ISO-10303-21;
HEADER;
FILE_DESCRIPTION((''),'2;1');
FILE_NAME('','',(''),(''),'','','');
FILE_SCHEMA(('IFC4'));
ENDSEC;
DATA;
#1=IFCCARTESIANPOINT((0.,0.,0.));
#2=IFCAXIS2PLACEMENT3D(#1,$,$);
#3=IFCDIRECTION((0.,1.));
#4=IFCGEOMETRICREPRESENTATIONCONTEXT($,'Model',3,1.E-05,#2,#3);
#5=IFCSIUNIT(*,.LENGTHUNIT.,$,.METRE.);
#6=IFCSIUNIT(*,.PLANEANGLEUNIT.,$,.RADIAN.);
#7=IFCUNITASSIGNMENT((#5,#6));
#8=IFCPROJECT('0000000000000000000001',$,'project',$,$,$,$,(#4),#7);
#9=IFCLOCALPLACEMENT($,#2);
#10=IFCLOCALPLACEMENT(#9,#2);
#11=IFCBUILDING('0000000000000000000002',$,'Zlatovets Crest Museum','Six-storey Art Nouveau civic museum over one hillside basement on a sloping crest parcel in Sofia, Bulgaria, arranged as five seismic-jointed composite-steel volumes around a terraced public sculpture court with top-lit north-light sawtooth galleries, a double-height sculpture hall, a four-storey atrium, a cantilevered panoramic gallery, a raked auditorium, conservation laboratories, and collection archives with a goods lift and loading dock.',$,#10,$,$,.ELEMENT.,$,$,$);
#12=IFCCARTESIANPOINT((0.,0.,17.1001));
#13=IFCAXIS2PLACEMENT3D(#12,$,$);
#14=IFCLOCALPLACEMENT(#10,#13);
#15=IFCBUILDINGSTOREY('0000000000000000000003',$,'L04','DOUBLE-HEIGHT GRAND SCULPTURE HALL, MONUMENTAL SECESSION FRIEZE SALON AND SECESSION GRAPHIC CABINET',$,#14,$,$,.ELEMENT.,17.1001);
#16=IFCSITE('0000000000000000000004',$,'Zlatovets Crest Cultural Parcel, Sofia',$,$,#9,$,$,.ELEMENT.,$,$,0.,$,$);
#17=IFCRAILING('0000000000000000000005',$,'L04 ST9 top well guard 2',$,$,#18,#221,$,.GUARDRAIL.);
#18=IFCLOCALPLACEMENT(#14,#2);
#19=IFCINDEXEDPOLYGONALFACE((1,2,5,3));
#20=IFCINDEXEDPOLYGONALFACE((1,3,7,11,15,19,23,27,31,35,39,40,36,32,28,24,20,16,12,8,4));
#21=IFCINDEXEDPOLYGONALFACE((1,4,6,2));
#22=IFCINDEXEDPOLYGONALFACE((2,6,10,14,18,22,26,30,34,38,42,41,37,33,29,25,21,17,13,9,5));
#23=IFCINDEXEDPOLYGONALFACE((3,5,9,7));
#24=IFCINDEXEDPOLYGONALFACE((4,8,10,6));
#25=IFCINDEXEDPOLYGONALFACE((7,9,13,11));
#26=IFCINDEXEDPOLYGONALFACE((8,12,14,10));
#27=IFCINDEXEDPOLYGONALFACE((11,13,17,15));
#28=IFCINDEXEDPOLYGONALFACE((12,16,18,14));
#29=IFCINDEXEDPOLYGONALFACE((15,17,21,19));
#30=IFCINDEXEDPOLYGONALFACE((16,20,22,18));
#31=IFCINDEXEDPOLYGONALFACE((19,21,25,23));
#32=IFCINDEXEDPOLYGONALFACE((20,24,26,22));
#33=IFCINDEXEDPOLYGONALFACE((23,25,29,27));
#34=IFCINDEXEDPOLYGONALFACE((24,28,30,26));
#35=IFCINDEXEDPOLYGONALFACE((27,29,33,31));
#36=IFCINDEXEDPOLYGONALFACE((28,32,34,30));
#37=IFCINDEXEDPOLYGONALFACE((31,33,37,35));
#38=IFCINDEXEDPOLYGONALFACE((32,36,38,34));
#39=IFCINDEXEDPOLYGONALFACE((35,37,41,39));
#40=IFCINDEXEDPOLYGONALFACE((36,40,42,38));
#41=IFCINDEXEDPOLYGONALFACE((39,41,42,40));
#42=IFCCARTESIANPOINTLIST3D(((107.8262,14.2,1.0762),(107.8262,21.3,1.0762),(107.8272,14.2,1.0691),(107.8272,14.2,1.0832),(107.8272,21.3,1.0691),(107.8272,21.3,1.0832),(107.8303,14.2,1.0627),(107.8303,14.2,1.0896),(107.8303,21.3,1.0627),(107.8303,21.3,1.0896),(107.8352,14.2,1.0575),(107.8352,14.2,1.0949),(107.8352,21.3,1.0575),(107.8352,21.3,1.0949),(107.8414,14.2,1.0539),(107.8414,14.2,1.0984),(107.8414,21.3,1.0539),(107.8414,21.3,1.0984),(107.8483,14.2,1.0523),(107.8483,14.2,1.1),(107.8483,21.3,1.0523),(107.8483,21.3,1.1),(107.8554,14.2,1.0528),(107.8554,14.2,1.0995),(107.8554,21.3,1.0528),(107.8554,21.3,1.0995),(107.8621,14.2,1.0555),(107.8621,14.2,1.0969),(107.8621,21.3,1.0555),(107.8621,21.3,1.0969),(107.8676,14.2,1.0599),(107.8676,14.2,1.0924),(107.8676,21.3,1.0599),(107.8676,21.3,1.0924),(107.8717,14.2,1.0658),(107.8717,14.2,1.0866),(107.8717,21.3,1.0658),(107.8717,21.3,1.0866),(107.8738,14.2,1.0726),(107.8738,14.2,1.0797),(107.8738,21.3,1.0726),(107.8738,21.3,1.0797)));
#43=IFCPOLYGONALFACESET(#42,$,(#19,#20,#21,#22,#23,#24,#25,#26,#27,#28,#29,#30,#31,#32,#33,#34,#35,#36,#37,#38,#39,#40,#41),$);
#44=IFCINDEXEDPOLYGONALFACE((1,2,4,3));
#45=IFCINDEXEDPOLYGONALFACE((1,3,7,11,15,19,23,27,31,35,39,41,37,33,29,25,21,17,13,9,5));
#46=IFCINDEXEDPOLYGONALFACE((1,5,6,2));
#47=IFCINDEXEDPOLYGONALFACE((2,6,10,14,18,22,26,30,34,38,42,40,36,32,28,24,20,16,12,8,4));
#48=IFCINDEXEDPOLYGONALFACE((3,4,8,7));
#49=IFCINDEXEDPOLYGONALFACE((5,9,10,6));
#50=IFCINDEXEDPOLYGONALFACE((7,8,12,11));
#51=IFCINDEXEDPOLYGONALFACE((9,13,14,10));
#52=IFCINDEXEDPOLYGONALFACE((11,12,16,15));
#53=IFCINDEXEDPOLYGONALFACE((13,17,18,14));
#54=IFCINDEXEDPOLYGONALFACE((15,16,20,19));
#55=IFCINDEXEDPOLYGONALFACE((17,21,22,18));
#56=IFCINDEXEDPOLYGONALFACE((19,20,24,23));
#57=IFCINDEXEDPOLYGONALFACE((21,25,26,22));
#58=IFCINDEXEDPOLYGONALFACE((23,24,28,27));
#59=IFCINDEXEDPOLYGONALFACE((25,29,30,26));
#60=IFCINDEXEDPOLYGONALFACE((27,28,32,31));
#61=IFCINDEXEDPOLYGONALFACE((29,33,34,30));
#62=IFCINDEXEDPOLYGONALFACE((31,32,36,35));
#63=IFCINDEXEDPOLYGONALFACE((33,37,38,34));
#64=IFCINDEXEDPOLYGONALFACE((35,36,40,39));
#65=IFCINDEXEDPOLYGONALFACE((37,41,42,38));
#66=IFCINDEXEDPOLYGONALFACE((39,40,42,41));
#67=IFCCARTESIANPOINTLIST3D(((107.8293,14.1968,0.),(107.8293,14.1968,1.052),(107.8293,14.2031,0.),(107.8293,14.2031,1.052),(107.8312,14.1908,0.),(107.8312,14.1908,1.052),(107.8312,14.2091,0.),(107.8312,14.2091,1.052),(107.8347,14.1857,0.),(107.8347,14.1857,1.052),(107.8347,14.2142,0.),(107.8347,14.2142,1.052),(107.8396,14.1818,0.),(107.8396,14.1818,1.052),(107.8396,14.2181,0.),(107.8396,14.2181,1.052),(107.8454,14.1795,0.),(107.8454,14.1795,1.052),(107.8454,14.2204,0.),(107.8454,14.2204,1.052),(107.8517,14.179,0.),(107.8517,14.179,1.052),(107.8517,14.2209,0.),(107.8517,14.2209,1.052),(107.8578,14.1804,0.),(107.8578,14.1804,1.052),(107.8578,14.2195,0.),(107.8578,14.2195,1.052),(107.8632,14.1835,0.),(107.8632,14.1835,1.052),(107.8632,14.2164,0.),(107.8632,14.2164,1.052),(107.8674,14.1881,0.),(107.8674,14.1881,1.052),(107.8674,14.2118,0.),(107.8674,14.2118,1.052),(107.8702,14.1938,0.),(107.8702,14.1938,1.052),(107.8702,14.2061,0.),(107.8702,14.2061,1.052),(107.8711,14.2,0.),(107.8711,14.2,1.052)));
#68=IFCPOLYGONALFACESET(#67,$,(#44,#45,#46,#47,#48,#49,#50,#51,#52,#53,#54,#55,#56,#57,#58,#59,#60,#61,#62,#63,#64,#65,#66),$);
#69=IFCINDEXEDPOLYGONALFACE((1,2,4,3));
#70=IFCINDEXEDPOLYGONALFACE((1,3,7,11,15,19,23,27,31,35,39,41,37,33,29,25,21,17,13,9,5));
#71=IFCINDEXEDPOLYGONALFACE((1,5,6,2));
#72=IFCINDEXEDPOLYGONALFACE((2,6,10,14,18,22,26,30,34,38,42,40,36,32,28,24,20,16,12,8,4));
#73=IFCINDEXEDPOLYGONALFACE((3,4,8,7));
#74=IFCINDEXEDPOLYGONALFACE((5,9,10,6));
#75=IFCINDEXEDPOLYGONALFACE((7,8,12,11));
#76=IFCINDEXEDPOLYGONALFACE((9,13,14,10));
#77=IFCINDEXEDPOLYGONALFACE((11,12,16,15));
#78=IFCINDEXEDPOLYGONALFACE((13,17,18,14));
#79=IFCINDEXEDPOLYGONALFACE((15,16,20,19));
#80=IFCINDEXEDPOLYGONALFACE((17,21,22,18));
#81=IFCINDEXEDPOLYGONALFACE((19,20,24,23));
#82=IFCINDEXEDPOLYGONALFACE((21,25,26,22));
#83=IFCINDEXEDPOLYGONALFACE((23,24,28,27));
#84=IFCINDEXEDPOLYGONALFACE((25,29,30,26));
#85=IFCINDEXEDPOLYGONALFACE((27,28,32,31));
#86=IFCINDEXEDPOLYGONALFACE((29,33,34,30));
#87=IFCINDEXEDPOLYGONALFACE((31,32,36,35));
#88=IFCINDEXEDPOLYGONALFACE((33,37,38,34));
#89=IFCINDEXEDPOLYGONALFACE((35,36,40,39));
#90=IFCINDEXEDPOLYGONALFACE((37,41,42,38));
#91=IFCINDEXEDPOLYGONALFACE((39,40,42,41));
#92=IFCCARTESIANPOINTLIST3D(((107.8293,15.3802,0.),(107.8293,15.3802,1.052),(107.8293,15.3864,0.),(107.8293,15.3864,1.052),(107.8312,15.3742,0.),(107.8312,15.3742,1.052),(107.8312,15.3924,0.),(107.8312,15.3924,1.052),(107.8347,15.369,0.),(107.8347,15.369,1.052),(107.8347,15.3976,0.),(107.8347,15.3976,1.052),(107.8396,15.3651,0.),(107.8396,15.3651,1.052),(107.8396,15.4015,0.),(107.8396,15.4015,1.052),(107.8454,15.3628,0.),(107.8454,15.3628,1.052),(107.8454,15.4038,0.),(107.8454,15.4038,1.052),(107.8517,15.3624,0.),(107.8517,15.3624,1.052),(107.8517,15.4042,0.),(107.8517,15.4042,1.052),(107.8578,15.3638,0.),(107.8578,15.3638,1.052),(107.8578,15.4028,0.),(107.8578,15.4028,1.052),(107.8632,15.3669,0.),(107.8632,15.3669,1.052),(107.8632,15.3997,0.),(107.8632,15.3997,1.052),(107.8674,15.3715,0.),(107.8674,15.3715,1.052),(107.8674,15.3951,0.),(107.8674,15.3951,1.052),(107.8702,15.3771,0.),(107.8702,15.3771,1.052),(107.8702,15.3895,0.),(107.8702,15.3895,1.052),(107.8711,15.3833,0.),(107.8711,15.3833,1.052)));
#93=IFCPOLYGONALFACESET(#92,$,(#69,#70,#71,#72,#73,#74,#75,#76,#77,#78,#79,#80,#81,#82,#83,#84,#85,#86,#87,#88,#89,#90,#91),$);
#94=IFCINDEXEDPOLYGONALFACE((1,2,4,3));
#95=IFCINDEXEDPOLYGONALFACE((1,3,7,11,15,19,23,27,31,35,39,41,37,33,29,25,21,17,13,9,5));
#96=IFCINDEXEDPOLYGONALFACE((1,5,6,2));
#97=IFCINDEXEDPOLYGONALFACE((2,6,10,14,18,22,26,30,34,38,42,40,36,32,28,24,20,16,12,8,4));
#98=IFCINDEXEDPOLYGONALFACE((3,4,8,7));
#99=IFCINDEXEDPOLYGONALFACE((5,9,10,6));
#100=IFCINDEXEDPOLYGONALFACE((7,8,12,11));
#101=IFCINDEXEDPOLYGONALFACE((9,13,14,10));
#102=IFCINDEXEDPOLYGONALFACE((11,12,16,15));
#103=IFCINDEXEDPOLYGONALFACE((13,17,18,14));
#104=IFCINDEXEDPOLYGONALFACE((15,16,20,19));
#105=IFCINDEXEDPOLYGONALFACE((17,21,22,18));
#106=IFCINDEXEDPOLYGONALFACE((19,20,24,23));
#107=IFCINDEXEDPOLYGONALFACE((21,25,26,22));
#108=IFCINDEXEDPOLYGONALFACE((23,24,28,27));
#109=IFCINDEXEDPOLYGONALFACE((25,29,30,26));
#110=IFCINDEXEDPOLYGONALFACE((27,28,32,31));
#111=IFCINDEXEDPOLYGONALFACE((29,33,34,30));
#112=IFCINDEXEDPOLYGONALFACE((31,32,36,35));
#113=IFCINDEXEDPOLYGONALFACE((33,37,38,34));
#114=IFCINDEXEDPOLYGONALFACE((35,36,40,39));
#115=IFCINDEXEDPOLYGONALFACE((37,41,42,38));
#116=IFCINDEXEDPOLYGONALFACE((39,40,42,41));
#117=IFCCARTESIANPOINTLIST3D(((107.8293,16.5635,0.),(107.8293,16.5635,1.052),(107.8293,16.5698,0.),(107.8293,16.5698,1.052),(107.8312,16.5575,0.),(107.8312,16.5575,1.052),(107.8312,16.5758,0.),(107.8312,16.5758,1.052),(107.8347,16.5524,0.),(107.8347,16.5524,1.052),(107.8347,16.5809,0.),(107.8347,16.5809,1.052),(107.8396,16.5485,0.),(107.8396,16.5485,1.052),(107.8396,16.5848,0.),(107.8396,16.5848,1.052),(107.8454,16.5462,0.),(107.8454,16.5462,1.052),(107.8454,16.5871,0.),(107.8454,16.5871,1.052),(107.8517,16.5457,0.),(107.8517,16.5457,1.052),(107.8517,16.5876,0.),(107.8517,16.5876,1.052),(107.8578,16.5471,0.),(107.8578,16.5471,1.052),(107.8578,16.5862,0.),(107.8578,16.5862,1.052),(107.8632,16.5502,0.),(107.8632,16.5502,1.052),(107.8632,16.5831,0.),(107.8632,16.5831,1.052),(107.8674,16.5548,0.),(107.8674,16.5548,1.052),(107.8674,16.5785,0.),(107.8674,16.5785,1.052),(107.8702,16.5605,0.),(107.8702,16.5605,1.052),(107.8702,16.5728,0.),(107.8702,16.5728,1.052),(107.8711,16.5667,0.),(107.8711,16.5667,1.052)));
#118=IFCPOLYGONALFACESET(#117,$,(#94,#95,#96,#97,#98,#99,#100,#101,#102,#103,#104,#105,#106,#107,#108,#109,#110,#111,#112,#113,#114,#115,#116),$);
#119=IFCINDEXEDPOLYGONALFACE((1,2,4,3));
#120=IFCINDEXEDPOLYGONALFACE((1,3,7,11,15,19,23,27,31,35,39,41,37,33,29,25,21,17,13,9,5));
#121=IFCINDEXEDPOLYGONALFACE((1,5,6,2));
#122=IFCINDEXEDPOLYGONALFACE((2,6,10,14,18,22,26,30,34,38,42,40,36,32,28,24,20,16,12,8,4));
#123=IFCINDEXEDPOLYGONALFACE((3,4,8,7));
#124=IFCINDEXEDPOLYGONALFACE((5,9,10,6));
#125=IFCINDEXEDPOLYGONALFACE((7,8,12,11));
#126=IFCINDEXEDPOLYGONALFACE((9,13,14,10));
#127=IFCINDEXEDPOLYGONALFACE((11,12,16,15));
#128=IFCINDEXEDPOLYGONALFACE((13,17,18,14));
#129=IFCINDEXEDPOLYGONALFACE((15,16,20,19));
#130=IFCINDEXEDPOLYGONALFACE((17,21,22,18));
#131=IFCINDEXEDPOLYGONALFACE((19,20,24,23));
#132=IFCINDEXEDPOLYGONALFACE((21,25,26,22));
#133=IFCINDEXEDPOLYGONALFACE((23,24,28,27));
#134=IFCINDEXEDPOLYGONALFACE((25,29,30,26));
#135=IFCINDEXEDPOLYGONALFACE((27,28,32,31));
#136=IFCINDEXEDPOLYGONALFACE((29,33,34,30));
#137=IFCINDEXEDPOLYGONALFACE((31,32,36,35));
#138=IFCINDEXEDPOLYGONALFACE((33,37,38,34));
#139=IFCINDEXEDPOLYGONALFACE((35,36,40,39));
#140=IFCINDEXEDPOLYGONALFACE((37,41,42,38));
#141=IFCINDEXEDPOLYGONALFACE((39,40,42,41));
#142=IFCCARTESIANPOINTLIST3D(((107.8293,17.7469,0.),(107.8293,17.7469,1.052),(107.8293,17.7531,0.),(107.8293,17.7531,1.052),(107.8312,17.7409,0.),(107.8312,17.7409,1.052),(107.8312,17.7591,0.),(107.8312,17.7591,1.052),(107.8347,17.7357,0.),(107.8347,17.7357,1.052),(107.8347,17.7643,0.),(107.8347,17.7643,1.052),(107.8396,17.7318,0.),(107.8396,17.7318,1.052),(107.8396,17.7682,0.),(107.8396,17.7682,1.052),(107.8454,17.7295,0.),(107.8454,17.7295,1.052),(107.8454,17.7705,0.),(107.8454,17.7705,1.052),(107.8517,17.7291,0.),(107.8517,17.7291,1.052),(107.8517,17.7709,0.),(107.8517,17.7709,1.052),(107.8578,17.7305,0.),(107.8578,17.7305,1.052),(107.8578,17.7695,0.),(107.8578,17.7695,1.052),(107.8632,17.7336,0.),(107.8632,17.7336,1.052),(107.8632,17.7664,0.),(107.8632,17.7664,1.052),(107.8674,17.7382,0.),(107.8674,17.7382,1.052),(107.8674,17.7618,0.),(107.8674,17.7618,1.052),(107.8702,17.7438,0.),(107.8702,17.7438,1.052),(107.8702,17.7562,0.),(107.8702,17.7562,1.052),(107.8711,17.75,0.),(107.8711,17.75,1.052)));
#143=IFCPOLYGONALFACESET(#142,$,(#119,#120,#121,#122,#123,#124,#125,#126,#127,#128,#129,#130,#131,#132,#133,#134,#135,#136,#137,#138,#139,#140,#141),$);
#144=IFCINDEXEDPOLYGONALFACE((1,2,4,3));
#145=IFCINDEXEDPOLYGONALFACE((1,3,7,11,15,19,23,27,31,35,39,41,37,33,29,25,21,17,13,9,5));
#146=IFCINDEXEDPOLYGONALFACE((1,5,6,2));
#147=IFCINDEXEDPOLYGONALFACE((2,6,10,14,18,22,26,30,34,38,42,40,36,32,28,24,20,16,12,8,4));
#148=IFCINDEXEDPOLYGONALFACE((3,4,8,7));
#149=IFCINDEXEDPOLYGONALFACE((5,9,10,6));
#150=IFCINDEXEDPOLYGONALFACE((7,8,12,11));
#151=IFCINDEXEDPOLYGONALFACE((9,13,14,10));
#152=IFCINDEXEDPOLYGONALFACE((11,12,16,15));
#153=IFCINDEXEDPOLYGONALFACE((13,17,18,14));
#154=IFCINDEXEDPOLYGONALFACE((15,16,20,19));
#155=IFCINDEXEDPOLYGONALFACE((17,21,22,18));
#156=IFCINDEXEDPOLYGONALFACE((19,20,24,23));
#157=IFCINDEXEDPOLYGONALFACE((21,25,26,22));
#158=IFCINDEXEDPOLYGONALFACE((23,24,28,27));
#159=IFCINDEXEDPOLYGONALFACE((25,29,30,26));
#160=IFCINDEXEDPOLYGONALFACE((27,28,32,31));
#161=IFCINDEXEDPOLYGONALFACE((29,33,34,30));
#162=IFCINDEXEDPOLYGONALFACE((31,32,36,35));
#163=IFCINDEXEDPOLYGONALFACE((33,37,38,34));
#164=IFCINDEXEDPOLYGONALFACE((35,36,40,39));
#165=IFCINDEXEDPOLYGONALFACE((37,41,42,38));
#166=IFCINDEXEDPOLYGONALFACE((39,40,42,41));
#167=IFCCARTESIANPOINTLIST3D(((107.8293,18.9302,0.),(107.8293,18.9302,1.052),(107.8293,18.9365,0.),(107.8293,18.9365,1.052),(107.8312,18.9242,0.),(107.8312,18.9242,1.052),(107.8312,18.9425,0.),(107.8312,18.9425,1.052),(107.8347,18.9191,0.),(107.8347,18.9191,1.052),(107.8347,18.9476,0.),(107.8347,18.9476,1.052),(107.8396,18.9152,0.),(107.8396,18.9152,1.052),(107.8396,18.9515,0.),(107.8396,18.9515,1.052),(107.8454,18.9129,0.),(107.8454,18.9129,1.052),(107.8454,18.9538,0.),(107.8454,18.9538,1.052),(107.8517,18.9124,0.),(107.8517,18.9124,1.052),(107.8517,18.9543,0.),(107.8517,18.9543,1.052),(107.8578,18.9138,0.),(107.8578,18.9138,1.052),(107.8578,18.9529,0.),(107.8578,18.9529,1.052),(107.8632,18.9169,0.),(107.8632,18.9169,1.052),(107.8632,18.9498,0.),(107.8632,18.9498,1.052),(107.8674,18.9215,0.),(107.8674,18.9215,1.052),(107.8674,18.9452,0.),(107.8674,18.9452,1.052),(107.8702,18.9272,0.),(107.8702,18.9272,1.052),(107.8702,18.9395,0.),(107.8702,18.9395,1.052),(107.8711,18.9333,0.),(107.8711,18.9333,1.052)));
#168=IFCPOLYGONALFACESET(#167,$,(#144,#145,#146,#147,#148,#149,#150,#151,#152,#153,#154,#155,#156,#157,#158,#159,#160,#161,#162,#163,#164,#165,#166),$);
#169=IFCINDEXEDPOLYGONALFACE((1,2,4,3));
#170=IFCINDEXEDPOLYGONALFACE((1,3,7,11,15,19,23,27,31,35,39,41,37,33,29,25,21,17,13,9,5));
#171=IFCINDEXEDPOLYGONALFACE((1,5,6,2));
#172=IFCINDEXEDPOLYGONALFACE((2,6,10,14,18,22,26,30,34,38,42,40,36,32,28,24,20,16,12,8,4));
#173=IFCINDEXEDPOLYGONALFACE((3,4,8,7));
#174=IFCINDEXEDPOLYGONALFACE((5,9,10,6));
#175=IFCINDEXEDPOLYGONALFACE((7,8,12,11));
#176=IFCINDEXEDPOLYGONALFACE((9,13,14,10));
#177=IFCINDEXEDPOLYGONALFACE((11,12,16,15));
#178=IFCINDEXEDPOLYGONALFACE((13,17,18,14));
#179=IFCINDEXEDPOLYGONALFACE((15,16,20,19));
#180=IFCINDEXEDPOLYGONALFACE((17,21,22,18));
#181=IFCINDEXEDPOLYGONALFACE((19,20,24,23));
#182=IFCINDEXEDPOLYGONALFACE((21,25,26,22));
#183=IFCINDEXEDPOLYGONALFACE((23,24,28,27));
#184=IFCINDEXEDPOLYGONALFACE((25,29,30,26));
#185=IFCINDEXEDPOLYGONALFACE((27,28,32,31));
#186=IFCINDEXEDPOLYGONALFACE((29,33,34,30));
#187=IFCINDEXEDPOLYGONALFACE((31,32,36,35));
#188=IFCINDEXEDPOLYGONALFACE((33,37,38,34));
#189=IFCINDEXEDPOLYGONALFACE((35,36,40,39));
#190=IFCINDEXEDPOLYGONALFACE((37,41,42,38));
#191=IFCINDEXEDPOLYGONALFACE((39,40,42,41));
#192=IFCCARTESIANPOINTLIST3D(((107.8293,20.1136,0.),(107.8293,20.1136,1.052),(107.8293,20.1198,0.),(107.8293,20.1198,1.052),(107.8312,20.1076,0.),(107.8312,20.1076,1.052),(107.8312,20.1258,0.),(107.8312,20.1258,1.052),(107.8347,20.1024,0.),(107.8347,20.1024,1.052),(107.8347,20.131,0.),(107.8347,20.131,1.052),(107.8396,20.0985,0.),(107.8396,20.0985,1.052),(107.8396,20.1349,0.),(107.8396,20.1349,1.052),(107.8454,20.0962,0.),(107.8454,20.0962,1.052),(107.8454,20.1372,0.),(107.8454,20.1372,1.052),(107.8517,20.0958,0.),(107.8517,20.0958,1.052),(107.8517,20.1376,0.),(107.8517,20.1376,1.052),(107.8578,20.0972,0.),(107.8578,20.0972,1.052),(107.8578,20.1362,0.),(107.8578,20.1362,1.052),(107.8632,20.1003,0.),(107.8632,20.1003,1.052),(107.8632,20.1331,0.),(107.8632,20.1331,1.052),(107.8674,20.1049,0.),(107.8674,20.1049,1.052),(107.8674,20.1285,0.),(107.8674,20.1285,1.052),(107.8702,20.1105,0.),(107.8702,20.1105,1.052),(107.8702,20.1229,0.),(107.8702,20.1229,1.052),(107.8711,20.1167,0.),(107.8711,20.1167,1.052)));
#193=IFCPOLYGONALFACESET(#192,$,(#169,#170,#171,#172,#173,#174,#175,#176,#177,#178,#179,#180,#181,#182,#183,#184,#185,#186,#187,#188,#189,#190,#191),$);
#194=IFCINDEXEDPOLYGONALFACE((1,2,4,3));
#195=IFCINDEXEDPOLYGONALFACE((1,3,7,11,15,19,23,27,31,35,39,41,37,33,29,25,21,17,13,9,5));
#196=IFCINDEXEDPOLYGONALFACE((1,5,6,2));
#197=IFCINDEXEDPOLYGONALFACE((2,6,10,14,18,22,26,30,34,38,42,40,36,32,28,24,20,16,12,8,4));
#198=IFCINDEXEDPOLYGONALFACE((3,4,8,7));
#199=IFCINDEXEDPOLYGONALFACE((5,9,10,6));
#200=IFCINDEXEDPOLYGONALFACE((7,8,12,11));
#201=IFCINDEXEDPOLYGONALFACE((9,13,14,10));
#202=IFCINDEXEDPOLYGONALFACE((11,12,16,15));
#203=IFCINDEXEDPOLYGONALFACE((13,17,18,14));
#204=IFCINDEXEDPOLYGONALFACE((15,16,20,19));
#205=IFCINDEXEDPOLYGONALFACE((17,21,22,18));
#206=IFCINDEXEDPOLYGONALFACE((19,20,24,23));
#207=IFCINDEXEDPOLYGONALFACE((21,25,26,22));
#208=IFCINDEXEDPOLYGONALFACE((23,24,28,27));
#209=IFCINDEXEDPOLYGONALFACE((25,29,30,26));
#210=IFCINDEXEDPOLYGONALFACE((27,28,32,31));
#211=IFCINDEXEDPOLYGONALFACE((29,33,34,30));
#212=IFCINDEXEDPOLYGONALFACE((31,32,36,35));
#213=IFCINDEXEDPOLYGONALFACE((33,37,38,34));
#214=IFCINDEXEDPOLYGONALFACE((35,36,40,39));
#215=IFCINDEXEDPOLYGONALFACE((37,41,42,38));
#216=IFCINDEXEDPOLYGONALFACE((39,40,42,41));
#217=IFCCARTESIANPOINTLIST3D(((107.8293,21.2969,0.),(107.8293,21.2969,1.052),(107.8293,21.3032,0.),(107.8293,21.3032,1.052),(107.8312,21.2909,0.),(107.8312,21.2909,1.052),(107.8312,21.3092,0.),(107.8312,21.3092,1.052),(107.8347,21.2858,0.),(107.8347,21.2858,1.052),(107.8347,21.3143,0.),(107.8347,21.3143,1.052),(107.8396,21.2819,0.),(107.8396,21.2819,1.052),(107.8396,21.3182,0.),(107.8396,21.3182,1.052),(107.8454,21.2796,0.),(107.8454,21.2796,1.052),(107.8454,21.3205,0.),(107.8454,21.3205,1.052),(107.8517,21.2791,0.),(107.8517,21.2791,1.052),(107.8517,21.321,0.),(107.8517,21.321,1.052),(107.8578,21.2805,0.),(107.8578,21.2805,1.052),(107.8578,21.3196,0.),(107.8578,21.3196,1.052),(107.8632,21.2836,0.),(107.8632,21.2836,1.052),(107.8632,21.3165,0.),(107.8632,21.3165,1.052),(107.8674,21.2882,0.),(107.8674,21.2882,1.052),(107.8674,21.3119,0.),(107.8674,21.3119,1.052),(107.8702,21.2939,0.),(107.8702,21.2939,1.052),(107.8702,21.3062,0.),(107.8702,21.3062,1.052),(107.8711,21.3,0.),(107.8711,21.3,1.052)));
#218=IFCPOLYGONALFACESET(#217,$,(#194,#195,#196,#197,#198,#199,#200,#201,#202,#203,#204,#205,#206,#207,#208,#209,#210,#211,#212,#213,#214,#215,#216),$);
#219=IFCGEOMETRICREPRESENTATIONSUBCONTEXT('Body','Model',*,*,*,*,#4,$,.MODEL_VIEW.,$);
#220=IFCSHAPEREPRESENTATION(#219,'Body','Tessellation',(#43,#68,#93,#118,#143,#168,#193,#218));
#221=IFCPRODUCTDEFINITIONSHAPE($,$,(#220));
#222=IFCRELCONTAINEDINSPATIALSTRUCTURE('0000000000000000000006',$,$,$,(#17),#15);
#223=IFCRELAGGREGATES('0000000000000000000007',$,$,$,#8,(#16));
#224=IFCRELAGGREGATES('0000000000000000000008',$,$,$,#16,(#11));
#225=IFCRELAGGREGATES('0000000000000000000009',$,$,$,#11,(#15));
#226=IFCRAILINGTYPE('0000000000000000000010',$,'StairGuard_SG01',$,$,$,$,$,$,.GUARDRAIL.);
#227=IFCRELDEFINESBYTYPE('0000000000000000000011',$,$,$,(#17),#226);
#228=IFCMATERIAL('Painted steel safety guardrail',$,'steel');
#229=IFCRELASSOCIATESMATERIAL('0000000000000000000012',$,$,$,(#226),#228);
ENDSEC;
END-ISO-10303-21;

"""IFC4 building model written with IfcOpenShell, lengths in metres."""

from ifc_helpers import new_model, si_unit, direction, frame, origin, origin_2d, place, context, subcontext, project, spatial, circle, extrude, material, type_object, element, save


model = new_model("IFC4")

# Units and contexts
model_context = context("Model", 3, precision=1e-05, world=origin(), true_north=direction((0.0, 1.0)))
body_context = subcontext(model_context, "Body", "Model", "MODEL_VIEW")
ifc_project = project(units=[si_unit("LENGTHUNIT", "METRE"), si_unit("PLANEANGLEUNIT", "RADIAN")], contexts=[model_context])

# Site, building, storey
site_placement = place(None, origin())
site = spatial("IfcSite", under=ifc_project, at=site_placement, Name="Zlatovets Crest Cultural Parcel, Sofia", CompositionType="ELEMENT", RefElevation=0.0)
building_placement = place(site_placement, origin())
building = spatial("IfcBuilding", under=site, at=building_placement, Name="Zlatovets Crest Museum", Description="Six-storey Art Nouveau civic museum over one hillside basement on a sloping crest parcel in Sofia, Bulgaria, arranged as five seismic-jointed composite-steel volumes around a terraced public sculpture court with top-lit north-light sawtooth galleries, a double-height sculpture hall, a four-storey atrium, a cantilevered panoramic gallery, a raked auditorium, conservation laboratories, and collection archives with a goods lift and loading dock.", CompositionType="ELEMENT")
storey_placement = place(building_placement, frame((0.0, 0.0, 17.1001)))
storey = spatial("IfcBuildingStorey", under=building, at=storey_placement, Name="L04", Description="DOUBLE-HEIGHT GRAND SCULPTURE HALL, MONUMENTAL SECESSION FRIEZE SALON AND SECESSION GRAPHIC CABINET", CompositionType="ELEMENT", Elevation=17.1001)

# Railing
ifc_material_1 = material(Name="Painted steel safety guardrail", Category="steel")
railing_type = type_object("IfcRailingType", Name="StairGuard_SG01", PredefinedType="GUARDRAIL", material=ifc_material_1)
railing_placement = place(storey_placement, frame((107.8501, 14.2, 0.0)))
element("IfcRailing", 1, at=railing_placement, inside=storey, type_object=railing_type, Name="L04 ST9 top well guard 2", PredefinedType="GUARDRAIL", context=body_context, shape_type="SweptSolid", body=[
    extrude(circle(Radius=0.0239, at=origin_2d()), frame((0.0, 0.0, 1.0762), z_axis=(0.0, 1.0, 0.0), x_axis=(-1.0, 0.0, 0.0)), (0.0, 0.0, 1.0), 7.1001),
    extrude(circle(Radius=0.021, at=origin_2d()), origin(), (0.0, 0.0, 1.0), 1.052),
    extrude(circle(Radius=0.021, at=origin_2d()), frame((0.0, 1.1833, 0.0)), (0.0, 0.0, 1.0), 1.052),
    extrude(circle(Radius=0.021, at=origin_2d()), frame((0.0, 2.3667, 0.0)), (0.0, 0.0, 1.0), 1.052),
    extrude(circle(Radius=0.021, at=origin_2d()), frame((0.0, 3.55, 0.0)), (0.0, 0.0, 1.0), 1.052),
    extrude(circle(Radius=0.021, at=origin_2d()), frame((0.0, 4.7334, 0.0)), (0.0, 0.0, 1.0), 1.052),
    extrude(circle(Radius=0.021, at=origin_2d()), frame((0.0, 5.9167, 0.0)), (0.0, 0.0, 1.0), 1.052),
    extrude(circle(Radius=0.021, at=origin_2d()), frame((0.0, 7.1001, 0.0)), (0.0, 0.0, 1.0), 1.052),
])

save(model, "model.ifc")
